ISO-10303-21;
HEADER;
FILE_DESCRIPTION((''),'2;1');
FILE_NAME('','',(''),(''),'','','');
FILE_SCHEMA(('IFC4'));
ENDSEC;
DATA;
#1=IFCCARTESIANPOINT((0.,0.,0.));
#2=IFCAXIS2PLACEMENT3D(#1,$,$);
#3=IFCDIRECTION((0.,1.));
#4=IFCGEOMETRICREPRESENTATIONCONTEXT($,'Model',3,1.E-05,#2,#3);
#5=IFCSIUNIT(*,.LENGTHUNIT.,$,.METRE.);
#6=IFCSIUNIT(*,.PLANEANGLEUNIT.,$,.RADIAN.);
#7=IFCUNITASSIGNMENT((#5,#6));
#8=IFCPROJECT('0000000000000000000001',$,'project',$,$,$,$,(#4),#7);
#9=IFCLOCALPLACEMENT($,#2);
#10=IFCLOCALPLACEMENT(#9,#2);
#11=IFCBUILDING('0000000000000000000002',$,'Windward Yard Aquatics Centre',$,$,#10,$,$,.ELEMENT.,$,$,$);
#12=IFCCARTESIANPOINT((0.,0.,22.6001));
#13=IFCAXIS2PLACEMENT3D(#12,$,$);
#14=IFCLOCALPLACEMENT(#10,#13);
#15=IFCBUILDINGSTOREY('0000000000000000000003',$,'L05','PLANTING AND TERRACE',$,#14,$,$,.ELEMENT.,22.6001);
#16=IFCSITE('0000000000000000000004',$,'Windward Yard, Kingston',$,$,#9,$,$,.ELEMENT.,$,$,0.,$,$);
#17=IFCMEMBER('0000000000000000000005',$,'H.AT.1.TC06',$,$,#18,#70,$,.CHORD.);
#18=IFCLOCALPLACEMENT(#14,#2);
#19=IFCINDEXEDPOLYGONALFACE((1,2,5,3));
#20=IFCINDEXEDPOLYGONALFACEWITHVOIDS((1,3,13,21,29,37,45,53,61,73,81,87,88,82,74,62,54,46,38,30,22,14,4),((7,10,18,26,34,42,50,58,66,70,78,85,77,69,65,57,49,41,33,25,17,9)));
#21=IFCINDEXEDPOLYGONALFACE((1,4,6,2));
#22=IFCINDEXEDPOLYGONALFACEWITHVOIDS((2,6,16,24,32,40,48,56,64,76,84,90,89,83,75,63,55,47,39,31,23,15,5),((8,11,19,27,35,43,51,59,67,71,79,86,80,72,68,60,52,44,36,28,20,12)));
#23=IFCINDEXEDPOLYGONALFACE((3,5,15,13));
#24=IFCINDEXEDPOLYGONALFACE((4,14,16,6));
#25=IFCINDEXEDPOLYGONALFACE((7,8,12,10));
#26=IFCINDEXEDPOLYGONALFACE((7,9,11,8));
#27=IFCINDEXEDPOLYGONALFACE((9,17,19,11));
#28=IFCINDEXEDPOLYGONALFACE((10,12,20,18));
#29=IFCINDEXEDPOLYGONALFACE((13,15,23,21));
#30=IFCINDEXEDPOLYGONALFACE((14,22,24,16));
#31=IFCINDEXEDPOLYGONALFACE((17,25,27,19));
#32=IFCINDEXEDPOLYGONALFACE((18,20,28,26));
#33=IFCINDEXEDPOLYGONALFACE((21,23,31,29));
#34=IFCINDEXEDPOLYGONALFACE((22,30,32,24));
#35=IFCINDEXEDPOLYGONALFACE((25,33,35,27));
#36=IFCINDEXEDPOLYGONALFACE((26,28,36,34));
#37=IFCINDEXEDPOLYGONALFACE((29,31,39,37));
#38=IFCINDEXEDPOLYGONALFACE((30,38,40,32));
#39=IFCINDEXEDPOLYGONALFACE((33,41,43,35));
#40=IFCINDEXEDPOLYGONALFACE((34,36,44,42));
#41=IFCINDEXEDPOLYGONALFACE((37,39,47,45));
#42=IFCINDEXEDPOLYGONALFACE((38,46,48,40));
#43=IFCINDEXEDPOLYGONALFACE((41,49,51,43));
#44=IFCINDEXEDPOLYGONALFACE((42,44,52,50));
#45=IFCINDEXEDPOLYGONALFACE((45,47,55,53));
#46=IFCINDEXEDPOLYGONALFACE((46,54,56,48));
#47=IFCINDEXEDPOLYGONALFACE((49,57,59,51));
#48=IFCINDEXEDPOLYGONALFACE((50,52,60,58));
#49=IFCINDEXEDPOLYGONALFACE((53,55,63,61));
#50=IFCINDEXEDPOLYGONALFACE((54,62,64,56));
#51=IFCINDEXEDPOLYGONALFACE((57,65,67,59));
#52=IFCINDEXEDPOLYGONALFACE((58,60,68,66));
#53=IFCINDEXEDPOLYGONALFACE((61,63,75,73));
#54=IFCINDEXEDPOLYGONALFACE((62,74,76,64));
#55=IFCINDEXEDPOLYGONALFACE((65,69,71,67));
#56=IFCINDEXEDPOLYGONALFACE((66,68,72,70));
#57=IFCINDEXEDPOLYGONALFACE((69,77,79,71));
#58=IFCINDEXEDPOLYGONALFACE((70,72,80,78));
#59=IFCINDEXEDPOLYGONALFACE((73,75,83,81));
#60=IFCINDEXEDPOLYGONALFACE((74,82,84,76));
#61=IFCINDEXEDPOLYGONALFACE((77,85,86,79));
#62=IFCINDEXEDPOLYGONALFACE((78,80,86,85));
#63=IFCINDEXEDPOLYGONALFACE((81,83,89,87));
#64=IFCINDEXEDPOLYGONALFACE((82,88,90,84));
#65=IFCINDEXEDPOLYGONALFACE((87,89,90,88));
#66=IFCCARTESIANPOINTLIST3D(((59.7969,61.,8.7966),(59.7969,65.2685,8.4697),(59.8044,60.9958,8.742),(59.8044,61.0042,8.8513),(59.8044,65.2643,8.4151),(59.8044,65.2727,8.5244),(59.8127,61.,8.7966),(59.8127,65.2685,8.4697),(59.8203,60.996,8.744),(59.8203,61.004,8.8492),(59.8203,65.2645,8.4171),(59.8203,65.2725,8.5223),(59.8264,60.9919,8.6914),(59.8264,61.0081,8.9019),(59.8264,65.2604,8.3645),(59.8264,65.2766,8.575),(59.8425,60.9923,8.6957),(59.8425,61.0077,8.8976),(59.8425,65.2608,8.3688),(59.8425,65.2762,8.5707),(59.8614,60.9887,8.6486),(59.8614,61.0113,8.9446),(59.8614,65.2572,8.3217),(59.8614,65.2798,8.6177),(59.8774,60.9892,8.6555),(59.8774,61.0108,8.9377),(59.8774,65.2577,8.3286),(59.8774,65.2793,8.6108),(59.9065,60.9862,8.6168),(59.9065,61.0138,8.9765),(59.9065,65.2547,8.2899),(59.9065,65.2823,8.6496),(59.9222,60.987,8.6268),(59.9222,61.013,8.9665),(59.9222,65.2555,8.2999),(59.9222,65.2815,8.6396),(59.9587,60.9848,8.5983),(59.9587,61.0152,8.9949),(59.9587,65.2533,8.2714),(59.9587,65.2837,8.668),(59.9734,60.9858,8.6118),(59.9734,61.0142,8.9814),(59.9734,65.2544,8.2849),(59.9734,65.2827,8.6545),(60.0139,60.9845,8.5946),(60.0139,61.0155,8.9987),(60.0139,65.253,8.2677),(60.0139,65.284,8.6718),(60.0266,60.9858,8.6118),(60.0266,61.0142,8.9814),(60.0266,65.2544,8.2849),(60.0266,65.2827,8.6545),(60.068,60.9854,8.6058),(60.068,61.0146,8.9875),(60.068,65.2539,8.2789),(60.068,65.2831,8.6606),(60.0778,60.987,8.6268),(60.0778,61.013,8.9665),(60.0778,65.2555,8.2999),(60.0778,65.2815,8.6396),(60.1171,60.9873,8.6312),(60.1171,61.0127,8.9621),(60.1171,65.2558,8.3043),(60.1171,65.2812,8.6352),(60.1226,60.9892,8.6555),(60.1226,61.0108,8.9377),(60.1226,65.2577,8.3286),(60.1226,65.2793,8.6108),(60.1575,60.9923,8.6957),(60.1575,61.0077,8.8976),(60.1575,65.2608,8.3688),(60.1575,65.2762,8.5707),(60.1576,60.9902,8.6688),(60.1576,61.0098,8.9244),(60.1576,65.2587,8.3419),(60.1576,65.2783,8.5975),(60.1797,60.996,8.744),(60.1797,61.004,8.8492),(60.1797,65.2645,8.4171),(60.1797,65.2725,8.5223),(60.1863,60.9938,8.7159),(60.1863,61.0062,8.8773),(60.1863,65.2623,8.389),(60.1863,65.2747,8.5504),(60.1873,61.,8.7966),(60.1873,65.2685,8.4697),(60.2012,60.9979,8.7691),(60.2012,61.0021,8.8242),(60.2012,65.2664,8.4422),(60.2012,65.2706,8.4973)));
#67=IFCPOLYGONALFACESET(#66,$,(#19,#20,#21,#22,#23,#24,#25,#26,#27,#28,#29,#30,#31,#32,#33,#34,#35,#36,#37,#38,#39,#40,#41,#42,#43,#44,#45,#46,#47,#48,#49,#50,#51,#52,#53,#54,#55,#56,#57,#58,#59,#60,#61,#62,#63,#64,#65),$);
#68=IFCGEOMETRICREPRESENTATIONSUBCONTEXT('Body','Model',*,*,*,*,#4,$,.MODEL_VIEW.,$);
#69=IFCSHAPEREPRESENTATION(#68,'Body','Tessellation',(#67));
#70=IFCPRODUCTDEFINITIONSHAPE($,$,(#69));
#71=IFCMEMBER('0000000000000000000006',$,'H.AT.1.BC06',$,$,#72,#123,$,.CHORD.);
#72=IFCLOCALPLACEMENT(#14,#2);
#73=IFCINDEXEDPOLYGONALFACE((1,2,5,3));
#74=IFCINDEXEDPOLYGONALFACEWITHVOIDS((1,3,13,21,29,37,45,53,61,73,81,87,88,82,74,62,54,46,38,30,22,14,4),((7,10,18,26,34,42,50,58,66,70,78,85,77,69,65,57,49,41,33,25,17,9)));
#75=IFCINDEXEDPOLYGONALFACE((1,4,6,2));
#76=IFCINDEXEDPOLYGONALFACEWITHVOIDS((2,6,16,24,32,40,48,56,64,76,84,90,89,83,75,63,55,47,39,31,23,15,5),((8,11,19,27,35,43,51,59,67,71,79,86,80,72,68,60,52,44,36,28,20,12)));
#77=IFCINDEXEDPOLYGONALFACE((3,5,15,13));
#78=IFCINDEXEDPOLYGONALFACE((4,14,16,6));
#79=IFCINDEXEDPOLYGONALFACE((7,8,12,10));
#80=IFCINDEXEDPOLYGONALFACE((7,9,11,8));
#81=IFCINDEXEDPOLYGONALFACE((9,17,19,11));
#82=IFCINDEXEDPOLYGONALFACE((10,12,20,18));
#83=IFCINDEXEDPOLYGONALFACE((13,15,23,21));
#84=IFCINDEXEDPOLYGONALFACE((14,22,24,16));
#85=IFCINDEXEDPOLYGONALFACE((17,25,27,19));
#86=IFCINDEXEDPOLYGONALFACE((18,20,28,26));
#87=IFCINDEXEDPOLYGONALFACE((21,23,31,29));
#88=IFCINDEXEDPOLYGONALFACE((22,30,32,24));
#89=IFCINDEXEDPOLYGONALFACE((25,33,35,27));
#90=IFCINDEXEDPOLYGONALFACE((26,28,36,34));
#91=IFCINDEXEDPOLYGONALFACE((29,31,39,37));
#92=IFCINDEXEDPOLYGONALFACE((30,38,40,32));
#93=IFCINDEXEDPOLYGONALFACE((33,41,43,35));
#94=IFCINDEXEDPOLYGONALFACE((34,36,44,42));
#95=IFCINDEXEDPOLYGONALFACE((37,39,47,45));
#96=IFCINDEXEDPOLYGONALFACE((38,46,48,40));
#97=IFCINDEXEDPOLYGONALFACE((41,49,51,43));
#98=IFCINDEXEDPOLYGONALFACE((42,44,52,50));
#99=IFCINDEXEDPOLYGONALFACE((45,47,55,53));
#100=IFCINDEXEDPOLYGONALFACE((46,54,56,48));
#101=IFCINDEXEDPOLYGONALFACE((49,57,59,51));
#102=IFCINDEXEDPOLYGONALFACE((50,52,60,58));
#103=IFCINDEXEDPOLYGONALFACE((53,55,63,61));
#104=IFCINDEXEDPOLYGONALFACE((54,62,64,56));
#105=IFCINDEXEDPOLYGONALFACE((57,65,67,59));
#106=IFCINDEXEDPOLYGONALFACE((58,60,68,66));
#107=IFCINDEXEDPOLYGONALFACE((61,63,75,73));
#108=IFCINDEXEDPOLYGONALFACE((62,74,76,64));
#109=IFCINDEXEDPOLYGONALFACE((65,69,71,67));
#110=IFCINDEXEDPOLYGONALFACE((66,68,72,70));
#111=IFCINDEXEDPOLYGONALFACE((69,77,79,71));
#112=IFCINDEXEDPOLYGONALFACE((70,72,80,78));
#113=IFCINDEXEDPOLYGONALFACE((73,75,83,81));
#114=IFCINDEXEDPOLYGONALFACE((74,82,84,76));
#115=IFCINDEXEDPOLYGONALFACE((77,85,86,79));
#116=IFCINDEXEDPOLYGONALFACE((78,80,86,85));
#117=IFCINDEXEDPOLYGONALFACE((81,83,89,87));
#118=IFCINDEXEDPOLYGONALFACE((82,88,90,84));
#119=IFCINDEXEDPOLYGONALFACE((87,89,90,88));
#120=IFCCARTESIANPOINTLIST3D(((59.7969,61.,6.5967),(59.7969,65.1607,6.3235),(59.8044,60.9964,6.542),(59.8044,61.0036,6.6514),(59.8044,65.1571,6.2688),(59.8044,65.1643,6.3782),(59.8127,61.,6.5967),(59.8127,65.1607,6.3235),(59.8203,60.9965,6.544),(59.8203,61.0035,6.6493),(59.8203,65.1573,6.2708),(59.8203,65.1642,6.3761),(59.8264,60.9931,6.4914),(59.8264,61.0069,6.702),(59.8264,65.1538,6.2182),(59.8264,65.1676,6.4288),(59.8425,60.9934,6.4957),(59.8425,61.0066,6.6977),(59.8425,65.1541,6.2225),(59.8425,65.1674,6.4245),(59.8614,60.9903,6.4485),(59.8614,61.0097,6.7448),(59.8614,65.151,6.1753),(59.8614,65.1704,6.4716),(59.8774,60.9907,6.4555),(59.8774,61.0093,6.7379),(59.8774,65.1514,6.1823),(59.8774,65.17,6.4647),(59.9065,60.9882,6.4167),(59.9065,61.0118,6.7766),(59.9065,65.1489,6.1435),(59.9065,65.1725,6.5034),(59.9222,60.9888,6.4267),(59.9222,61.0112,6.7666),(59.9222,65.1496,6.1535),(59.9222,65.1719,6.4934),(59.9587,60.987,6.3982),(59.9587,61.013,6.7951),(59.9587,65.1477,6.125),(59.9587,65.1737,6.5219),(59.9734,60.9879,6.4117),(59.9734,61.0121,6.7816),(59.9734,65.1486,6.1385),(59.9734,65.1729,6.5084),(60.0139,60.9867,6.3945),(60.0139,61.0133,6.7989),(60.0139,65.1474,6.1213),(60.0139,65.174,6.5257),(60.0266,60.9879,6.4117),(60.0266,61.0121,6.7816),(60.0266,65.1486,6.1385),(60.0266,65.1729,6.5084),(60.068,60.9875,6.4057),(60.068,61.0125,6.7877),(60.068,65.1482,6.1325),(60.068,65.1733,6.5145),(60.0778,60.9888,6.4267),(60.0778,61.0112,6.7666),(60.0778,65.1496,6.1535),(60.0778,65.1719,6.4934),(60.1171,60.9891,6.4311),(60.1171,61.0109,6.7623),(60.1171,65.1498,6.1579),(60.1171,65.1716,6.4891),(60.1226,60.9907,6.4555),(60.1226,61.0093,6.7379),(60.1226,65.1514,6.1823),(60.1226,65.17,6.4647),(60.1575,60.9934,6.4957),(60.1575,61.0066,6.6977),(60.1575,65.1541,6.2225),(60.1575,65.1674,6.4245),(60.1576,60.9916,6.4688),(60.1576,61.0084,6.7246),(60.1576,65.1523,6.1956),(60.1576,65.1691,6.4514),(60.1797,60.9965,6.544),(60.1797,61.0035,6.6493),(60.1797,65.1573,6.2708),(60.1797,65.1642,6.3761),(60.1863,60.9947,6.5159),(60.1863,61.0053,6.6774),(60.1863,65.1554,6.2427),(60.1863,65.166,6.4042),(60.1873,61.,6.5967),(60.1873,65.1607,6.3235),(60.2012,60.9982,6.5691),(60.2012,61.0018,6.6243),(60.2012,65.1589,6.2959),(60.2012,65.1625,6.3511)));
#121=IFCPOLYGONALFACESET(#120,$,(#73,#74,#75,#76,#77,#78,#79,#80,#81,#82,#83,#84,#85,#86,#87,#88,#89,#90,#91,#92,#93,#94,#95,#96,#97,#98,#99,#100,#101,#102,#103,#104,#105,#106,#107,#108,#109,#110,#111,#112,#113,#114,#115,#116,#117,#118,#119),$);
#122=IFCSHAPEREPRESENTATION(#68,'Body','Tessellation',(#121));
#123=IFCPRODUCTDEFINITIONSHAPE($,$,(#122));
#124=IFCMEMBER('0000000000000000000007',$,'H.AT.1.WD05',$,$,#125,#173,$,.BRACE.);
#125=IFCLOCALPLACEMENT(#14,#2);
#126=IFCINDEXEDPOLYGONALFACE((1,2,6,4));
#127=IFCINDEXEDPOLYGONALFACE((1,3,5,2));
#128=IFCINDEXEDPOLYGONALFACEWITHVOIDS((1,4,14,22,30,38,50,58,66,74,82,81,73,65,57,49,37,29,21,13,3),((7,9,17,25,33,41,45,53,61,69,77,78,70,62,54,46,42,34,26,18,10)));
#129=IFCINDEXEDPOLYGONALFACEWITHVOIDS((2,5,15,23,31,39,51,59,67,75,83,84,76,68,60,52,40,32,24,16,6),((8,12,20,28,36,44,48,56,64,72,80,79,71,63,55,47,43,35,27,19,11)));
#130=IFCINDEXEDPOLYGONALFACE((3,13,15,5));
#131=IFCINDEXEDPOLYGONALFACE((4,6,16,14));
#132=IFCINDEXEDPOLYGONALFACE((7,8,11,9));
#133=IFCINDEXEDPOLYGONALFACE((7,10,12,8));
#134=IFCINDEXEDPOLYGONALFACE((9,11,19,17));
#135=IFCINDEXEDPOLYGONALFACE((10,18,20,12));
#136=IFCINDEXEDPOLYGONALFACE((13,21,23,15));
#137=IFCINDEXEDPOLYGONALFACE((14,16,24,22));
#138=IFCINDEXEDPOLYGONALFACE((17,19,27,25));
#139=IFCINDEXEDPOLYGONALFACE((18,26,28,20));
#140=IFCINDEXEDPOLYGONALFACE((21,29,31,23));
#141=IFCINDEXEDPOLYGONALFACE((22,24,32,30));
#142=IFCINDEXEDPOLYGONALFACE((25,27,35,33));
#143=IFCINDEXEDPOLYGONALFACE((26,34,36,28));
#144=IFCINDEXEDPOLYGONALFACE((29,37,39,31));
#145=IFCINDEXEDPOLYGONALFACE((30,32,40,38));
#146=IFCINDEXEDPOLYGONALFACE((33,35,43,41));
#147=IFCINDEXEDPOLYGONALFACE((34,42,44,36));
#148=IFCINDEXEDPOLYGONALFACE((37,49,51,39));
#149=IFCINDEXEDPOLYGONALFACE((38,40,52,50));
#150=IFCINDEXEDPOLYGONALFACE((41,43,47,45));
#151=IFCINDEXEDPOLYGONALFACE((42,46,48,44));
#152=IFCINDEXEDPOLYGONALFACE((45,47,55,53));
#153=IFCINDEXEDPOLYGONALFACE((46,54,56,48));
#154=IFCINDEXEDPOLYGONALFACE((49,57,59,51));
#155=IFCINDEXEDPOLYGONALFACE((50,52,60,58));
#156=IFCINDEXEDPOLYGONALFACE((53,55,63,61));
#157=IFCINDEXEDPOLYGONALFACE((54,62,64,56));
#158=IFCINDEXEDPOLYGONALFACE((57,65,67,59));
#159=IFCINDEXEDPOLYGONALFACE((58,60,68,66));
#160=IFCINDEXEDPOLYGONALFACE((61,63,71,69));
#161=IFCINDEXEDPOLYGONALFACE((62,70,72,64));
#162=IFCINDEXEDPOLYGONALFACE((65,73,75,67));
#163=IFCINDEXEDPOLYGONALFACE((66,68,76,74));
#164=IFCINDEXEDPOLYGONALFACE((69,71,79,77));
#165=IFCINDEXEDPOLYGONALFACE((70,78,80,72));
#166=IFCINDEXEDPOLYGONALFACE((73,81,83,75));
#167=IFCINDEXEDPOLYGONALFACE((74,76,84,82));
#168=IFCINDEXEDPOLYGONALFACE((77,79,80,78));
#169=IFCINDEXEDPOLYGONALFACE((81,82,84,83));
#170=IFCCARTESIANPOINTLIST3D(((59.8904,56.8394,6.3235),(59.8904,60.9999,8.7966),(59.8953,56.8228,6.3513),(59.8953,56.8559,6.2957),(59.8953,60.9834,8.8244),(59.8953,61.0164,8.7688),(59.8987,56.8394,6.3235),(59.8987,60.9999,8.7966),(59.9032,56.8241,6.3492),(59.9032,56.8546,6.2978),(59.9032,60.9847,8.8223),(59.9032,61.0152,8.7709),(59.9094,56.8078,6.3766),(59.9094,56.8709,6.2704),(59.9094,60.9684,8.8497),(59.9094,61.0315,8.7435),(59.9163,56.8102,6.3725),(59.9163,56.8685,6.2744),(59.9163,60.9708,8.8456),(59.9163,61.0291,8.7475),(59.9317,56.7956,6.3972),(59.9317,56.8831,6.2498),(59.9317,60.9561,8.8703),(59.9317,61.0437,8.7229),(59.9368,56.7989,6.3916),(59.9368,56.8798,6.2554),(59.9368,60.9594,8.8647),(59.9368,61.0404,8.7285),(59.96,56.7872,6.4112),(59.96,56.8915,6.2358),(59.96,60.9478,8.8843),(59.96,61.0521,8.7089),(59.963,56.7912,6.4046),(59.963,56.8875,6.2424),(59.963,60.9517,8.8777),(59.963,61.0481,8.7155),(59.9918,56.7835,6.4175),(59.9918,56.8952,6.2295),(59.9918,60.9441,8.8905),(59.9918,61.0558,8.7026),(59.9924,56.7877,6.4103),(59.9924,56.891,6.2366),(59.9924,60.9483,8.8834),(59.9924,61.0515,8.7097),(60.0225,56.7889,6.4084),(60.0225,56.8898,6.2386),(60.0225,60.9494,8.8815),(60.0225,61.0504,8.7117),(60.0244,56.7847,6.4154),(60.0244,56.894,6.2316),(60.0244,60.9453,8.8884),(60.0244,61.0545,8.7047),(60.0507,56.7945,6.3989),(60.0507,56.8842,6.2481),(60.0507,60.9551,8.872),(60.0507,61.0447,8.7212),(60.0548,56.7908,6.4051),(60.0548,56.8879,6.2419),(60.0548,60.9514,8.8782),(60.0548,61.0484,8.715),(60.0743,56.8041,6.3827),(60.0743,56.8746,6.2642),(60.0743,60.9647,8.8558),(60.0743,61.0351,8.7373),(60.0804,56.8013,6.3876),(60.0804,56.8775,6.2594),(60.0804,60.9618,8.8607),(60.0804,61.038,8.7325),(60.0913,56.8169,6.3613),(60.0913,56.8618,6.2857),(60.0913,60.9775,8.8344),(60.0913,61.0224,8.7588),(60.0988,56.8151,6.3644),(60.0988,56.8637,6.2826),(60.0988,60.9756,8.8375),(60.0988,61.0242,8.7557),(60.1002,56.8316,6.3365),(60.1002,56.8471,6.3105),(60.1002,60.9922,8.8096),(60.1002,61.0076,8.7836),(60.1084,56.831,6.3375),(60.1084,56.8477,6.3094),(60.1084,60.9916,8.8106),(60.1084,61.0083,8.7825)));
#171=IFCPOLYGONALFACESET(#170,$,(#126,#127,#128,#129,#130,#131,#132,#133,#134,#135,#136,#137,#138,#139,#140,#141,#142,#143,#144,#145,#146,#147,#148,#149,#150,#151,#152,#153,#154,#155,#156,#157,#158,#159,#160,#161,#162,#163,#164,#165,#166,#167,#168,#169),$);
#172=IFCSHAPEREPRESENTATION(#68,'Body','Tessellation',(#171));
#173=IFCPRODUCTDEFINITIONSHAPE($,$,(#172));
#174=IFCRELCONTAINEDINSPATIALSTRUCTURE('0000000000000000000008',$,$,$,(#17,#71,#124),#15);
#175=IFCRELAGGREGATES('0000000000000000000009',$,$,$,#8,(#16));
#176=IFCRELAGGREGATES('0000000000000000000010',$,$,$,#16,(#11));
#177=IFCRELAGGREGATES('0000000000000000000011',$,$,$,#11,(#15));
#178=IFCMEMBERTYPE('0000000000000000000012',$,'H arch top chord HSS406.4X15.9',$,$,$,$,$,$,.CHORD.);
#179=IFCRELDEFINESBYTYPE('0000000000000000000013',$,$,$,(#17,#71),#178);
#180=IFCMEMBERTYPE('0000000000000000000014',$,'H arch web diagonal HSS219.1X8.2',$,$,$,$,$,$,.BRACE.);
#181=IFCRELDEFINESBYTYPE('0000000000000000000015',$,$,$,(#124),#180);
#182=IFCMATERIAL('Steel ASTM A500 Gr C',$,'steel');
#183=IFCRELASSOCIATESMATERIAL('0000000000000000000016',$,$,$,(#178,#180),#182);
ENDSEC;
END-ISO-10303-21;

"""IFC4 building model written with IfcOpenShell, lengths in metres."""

from ifc_helpers import new_model, si_unit, direction, frame, origin, origin_2d, place, context, subcontext, project, spatial, hollow_circle, extrude, material, material_profile, profile_set, type_object, element, save


model = new_model("IFC4")

# Units and contexts
model_context = context("Model", 3, precision=1e-05, world=origin(), true_north=direction((0.0, 1.0)))
body_context = subcontext(model_context, "Body", "Model", "MODEL_VIEW")
ifc_project = project(units=[si_unit("LENGTHUNIT", "METRE"), si_unit("PLANEANGLEUNIT", "RADIAN")], contexts=[model_context])

# Site, building, storey
site_placement = place(None, origin())
site = spatial("IfcSite", under=ifc_project, at=site_placement, Name="Windward Yard, Kingston", CompositionType="ELEMENT", RefElevation=0.0)
building_placement = place(site_placement, origin())
building = spatial("IfcBuilding", under=site, at=building_placement, Name="Windward Yard Aquatics Centre", CompositionType="ELEMENT")
storey_placement = place(building_placement, frame((0.0, 0.0, 22.6001)))
storey = spatial("IfcBuildingStorey", under=building, at=storey_placement, Name="L05", Description="PLANTING AND TERRACE", CompositionType="ELEMENT", Elevation=22.6001)

# Members
ifc_material_1 = material(Name="Steel ASTM A500 Gr C", Category="steel")
ifc_material_profile_1 = material_profile(ifc_material_1, hollow_circle(Radius=0.2031, WallThickness=0.0159, at=origin_2d()), Name="HSS406.4X15.9")
ifc_profile_set_1 = profile_set([ifc_material_profile_1], Name="Steel ASTM A500 Gr C")
member_type_1 = type_object("IfcMemberType", Name="H arch top chord HSS406.4X15.9", PredefinedType="CHORD", material=ifc_profile_set_1)
member_1_placement = place(storey_placement, frame((60.0, 61.0, 8.7966), z_axis=(0.0, 0.99708, -0.076361), x_axis=(-1.0, 0.0, 0.0)))
element("IfcMember", 1, at=member_1_placement, inside=storey, type_object=member_type_1, Name="H.AT.1.TC06", PredefinedType="CHORD", context=body_context, shape_type="SweptSolid", body=[
    extrude(hollow_circle(Radius=0.2031, WallThickness=0.0159, at=origin_2d()), origin(), (0.0, 0.0, 1.0), 4.281),
])
member_2_placement = place(storey_placement, frame((60.0, 61.0, 6.5967), z_axis=(0.0, 0.997851, -0.06552), x_axis=(-1.0, 0.0, 0.0)))
element("IfcMember", 2, at=member_2_placement, inside=storey, type_object=member_type_1, Name="H.AT.1.BC06", PredefinedType="CHORD", context=body_context, shape_type="SweptSolid", body=[
    extrude(hollow_circle(Radius=0.2031, WallThickness=0.0159, at=origin_2d()), origin(), (0.0, 0.0, 1.0), 4.1697),
])
ifc_material_profile_2 = material_profile(ifc_material_1, hollow_circle(Radius=0.1096, WallThickness=0.0083, at=origin_2d()), Name="HSS219.1X8.2")
ifc_profile_set_2 = profile_set([ifc_material_profile_2], Name="Steel ASTM A500 Gr C")
member_type_2 = type_object("IfcMemberType", Name="H arch web diagonal HSS219.1X8.2", PredefinedType="BRACE", material=ifc_profile_set_2)
for number, where, z_axis, x_axis, name in (
    (3, (60.0, 56.8394, 6.3235), (0.0, 0.859604, 0.510961), (-1.0, 0.0, 0.0), "H.AT.1.WD05"),
):
    element("IfcMember", number, at=place(storey_placement, frame(where, z_axis=z_axis, x_axis=x_axis)), inside=storey, type_object=member_type_2, Name=name, PredefinedType="BRACE", context=body_context, shape_type="SweptSolid", body=[
        extrude(hollow_circle(Radius=0.1096, WallThickness=0.0083, at=origin_2d()), origin(), (0.0, 0.0, 1.0), 4.8401),
    ])

save(model, "model.ifc")
